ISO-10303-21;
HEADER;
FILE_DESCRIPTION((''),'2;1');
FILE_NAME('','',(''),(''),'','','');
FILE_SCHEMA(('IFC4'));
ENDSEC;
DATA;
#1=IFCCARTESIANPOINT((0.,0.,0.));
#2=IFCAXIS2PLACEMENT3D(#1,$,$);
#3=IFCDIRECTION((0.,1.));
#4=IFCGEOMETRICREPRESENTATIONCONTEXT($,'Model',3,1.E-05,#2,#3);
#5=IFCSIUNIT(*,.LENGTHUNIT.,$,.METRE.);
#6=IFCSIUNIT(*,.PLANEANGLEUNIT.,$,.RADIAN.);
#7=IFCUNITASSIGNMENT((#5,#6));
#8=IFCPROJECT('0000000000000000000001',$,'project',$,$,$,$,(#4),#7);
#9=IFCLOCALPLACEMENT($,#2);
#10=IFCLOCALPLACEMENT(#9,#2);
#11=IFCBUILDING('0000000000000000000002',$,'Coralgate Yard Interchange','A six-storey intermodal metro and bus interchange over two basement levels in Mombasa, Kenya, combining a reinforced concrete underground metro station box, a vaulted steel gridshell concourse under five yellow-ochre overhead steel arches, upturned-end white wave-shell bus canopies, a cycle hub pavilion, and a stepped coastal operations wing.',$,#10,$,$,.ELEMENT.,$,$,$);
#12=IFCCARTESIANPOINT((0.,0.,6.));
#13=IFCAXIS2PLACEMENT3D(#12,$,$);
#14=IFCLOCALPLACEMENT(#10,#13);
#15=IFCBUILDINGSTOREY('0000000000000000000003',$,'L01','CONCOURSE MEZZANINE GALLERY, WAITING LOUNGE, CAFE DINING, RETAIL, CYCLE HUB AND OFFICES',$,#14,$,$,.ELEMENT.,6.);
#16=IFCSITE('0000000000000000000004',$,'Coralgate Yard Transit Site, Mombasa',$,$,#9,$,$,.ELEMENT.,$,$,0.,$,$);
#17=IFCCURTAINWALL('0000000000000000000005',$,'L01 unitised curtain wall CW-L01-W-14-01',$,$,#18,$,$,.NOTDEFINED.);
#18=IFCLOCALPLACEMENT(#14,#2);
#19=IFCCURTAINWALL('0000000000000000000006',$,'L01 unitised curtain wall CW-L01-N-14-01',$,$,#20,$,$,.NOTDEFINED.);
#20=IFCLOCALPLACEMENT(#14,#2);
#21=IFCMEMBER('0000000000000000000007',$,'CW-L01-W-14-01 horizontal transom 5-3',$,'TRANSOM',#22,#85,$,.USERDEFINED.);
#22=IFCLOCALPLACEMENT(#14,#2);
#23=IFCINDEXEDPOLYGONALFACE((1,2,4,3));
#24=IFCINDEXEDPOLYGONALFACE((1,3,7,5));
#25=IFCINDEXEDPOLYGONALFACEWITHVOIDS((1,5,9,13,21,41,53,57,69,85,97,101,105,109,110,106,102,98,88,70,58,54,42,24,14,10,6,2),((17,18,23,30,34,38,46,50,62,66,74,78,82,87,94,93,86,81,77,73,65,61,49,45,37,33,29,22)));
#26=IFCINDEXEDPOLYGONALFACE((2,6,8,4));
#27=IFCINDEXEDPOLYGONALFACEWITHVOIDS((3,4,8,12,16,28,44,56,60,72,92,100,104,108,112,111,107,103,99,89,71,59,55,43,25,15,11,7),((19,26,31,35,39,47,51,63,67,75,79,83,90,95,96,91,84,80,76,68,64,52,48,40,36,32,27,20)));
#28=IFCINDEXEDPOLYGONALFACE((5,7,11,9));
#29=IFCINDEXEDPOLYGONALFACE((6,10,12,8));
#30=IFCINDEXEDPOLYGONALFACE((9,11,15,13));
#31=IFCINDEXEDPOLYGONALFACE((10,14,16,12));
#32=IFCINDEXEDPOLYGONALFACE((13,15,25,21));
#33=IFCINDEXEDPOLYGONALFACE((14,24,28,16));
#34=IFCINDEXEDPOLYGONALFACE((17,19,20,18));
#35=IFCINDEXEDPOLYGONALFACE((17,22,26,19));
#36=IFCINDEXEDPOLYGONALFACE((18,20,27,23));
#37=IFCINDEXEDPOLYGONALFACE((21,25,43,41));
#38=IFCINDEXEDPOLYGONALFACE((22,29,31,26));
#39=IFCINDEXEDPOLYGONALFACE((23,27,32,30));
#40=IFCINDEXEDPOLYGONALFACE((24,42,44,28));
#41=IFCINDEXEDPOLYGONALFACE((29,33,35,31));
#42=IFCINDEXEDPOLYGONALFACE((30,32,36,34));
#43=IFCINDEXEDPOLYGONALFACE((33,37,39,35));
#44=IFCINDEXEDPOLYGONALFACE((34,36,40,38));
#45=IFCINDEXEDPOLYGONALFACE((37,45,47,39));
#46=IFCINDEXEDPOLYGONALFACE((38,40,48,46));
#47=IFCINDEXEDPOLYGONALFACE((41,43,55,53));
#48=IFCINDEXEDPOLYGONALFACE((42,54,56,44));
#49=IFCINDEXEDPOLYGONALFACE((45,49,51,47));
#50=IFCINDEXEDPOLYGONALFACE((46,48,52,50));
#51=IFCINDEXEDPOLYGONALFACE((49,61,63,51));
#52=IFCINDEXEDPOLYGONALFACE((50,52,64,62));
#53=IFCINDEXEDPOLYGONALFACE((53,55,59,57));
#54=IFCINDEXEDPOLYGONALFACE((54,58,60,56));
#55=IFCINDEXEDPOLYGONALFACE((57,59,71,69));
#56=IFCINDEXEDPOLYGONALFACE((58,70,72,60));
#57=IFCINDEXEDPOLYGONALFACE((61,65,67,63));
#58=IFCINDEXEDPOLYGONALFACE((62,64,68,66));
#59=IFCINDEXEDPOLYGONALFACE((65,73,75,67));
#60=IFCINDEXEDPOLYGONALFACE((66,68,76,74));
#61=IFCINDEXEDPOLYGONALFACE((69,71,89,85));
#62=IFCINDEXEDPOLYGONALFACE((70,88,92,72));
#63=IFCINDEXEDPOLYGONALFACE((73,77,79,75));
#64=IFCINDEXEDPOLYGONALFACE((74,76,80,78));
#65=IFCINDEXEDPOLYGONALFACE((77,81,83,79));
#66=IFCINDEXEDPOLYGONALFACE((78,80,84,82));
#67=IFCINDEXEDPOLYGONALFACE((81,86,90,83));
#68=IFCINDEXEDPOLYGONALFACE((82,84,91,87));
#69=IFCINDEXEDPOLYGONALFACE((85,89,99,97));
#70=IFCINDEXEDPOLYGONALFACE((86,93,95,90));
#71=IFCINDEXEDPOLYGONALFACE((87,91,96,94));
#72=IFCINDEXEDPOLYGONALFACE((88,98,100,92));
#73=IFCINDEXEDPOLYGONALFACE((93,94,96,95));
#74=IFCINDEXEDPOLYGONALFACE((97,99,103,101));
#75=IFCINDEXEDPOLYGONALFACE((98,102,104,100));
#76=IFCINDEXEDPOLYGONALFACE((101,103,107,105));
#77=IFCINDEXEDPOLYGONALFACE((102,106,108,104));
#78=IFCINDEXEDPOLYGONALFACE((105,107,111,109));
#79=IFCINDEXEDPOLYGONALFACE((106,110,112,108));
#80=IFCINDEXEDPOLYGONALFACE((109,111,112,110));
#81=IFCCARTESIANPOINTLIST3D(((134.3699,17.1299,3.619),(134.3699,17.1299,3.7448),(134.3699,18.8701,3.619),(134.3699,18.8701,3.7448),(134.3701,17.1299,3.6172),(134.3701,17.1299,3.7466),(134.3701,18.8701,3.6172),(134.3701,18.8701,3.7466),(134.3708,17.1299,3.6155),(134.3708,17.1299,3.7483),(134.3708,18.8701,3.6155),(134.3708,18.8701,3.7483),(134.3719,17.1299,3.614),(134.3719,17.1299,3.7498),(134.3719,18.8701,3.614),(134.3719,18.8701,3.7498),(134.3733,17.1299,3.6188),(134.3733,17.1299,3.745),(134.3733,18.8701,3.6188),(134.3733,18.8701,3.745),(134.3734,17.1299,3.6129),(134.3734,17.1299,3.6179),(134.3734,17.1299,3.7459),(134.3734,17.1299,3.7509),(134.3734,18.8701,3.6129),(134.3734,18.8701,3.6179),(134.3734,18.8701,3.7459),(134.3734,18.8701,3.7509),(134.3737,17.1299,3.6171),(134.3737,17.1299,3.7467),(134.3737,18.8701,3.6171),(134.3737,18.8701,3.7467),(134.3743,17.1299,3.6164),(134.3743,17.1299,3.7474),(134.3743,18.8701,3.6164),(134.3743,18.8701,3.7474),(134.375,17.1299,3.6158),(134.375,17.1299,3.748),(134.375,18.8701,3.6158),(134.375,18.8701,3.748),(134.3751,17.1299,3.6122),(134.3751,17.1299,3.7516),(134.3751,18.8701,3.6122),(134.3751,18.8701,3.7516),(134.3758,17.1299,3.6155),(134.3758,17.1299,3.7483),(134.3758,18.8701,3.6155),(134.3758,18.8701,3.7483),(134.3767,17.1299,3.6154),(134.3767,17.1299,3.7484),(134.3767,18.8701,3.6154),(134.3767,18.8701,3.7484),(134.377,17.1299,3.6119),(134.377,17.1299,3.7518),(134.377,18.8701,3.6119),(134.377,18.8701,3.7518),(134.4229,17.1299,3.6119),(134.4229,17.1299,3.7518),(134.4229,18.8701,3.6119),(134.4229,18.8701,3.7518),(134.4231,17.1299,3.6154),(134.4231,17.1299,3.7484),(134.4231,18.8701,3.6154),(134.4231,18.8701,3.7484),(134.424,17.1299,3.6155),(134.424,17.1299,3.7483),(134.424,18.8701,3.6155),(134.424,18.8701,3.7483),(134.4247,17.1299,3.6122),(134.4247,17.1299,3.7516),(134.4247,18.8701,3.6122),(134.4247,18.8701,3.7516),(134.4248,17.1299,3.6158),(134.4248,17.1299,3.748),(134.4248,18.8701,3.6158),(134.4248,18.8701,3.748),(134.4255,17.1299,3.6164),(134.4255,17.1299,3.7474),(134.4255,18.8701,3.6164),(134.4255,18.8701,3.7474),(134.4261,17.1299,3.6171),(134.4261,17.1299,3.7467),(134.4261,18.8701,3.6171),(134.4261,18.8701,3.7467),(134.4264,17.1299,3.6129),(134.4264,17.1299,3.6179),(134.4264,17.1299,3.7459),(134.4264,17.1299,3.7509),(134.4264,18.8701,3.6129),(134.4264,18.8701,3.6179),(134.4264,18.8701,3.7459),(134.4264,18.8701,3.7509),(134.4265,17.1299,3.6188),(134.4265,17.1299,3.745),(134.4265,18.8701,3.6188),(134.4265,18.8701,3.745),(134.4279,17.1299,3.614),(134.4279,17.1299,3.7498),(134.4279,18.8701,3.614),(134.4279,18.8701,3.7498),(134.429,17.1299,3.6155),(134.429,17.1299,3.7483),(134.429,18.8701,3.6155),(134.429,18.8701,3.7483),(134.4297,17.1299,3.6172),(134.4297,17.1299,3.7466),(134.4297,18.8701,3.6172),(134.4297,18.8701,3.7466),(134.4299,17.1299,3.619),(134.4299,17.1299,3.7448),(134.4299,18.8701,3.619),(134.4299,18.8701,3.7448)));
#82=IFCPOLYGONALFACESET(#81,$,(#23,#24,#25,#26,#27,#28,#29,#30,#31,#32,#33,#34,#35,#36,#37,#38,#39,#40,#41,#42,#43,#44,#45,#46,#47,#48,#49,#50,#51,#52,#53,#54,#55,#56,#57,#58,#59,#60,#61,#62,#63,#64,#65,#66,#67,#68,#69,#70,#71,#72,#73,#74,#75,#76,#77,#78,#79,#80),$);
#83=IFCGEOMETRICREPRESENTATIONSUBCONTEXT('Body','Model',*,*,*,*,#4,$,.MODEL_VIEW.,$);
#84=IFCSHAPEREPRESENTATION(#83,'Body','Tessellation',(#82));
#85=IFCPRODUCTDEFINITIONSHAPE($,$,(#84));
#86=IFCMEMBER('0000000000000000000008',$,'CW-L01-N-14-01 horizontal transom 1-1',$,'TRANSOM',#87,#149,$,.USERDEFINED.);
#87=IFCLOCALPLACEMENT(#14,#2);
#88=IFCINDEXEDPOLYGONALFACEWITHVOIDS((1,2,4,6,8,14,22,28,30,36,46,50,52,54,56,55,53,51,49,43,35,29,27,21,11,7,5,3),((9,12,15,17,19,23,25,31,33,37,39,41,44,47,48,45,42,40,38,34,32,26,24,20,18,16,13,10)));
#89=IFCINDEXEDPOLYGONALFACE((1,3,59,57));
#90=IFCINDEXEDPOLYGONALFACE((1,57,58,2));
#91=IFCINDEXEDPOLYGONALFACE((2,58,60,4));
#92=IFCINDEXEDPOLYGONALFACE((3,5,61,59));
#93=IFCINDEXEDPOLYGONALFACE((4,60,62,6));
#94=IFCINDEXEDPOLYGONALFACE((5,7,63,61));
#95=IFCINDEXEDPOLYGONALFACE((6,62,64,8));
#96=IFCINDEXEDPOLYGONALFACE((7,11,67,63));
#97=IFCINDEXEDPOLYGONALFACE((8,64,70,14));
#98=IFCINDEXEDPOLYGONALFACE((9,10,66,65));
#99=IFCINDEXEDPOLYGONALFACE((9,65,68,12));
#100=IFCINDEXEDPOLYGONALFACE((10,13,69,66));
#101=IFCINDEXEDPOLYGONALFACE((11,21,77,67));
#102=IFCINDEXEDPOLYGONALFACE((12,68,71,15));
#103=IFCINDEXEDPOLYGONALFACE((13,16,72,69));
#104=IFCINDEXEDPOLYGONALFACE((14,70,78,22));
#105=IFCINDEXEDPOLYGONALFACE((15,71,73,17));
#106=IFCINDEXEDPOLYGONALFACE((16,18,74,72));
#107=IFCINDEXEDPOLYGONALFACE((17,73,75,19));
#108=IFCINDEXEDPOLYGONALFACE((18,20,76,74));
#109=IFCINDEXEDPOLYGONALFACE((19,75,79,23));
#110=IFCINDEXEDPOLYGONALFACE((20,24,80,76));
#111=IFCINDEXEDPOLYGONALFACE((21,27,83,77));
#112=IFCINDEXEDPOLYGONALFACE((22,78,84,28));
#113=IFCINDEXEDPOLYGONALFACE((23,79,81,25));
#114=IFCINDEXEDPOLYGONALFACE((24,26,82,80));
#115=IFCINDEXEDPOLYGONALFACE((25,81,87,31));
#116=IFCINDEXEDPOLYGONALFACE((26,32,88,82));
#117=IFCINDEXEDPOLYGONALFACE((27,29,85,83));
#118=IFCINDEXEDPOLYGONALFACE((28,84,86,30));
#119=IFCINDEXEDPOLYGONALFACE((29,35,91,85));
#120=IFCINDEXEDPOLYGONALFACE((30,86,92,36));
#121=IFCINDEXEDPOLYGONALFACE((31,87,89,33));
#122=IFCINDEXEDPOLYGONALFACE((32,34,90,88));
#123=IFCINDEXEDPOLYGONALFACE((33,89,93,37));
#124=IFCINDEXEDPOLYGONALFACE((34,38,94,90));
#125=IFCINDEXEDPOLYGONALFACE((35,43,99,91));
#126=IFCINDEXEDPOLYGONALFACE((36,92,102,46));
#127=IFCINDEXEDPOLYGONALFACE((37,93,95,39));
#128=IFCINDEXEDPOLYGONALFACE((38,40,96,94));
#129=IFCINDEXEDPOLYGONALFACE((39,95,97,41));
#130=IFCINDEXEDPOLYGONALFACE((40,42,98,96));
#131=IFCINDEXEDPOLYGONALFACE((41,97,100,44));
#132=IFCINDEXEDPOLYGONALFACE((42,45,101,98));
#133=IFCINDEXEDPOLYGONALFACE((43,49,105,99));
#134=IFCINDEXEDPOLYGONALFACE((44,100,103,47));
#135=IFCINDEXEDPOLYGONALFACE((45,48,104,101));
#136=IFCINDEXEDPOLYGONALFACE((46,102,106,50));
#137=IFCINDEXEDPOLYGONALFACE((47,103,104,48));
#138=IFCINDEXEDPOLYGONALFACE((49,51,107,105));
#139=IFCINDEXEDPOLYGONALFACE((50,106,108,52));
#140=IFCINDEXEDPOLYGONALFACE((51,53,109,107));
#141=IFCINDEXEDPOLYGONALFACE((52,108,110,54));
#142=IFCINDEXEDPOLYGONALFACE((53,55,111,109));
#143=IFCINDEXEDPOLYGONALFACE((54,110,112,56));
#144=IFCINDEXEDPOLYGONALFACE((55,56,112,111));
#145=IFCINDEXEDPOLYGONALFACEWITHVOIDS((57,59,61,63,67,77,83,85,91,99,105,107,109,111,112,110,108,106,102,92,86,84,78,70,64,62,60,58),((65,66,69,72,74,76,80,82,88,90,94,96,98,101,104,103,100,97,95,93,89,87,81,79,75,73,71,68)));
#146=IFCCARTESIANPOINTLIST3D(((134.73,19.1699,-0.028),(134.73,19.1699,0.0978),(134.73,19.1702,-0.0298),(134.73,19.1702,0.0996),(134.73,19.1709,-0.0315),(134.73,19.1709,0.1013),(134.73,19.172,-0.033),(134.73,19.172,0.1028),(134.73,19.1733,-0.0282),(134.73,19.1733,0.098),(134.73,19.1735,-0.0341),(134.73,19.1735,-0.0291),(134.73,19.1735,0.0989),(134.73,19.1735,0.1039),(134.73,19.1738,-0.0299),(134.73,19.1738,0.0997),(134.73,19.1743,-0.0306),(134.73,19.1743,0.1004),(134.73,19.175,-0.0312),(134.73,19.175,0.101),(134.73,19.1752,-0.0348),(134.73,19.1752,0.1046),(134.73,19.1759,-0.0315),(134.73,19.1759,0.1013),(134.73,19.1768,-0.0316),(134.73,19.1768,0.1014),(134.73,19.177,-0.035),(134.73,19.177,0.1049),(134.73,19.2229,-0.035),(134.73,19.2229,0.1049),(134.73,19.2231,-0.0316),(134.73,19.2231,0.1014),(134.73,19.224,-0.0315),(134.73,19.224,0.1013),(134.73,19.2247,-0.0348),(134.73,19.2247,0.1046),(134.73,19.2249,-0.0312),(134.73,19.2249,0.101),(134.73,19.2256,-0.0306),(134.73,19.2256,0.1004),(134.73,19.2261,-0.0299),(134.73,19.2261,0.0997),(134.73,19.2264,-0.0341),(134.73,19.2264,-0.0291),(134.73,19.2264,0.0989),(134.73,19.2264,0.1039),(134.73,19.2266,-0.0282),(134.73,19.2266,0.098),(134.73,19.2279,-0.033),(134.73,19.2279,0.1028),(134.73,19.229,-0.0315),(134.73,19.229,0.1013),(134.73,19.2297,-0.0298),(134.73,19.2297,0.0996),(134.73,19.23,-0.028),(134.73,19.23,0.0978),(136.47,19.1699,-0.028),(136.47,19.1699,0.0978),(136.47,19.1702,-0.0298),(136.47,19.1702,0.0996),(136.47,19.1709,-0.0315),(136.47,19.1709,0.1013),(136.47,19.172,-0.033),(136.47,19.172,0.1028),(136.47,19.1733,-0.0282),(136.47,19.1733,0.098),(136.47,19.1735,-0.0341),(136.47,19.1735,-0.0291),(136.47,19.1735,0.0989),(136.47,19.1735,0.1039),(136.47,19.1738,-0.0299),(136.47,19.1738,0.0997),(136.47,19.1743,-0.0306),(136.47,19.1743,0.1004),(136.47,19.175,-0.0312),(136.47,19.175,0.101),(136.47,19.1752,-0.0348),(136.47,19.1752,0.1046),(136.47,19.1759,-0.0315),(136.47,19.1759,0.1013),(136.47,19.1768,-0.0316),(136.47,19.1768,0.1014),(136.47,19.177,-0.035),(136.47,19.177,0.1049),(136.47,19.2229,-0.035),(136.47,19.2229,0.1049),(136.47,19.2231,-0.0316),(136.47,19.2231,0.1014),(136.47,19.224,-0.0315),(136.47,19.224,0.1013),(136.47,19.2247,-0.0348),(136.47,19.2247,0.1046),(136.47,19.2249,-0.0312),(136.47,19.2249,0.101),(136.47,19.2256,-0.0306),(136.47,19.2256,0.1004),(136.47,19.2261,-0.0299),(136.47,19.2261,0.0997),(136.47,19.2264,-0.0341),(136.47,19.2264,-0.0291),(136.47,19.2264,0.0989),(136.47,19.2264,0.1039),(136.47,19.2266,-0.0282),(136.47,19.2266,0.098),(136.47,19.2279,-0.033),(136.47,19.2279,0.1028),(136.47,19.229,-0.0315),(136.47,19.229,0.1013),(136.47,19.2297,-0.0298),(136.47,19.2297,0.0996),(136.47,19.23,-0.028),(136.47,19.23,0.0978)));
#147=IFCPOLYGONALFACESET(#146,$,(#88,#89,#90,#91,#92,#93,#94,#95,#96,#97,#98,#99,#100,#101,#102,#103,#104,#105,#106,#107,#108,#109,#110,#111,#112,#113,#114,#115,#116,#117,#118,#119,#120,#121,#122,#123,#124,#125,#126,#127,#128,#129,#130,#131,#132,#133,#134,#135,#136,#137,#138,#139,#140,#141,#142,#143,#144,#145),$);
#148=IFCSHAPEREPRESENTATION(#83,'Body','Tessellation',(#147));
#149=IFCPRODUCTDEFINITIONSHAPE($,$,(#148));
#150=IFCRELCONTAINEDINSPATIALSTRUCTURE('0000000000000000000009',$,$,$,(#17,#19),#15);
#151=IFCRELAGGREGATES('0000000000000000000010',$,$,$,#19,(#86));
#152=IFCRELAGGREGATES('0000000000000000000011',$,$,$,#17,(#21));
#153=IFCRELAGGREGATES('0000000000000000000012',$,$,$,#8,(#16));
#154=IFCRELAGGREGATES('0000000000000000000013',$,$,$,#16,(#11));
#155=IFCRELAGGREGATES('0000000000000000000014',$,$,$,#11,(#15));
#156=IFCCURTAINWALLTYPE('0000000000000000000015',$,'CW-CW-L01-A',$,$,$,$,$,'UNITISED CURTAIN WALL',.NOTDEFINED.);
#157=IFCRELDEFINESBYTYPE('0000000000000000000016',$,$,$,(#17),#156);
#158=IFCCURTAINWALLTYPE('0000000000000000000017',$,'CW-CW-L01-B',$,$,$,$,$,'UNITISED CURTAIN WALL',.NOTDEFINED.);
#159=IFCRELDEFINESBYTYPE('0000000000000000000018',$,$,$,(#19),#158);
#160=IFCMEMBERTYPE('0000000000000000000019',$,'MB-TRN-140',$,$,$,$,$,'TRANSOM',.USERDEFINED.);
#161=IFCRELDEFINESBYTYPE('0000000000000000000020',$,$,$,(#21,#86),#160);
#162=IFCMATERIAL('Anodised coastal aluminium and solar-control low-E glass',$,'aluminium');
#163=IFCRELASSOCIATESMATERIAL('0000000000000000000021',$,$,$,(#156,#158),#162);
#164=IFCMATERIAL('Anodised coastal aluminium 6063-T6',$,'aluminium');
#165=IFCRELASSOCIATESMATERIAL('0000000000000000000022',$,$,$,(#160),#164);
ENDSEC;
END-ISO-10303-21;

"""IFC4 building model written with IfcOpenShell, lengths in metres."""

from ifc_helpers import new_model, si_unit, direction, frame, origin, origin_2d, place, context, subcontext, project, spatial, hollow_rectangle, extrude, material, material_profile, profile_set, type_object, element, aggregate, save


model = new_model("IFC4")

# Units and contexts
model_context = context("Model", 3, precision=1e-05, world=origin(), true_north=direction((0.0, 1.0)))
body_context = subcontext(model_context, "Body", "Model", "MODEL_VIEW")
ifc_project = project(units=[si_unit("LENGTHUNIT", "METRE"), si_unit("PLANEANGLEUNIT", "RADIAN")], contexts=[model_context])

# Site, building, storey
site_placement = place(None, origin())
site = spatial("IfcSite", under=ifc_project, at=site_placement, Name="Coralgate Yard Transit Site, Mombasa", CompositionType="ELEMENT", RefElevation=0.0)
building_placement = place(site_placement, origin())
building = spatial("IfcBuilding", under=site, at=building_placement, Name="Coralgate Yard Interchange", Description="A six-storey intermodal metro and bus interchange over two basement levels in Mombasa, Kenya, combining a reinforced concrete underground metro station box, a vaulted steel gridshell concourse under five yellow-ochre overhead steel arches, upturned-end white wave-shell bus canopies, a cycle hub pavilion, and a stepped coastal operations wing.", CompositionType="ELEMENT")
storey_placement = place(building_placement, frame((0.0, 0.0, 6.0)))
storey = spatial("IfcBuildingStorey", under=building, at=storey_placement, Name="L01", Description="CONCOURSE MEZZANINE GALLERY, WAITING LOUNGE, CAFE DINING, RETAIL, CYCLE HUB AND OFFICES", CompositionType="ELEMENT", Elevation=6.0)

# Curtain wall
ifc_material_1 = material(Name="Anodised coastal aluminium and solar-control low-E glass", Category="aluminium")
curtain_wall_type_1 = type_object("IfcCurtainWallType", Name="CW-CW-L01-A", ElementType="UNITISED CURTAIN WALL", PredefinedType="NOTDEFINED", material=ifc_material_1)
curtain_wall_1_placement = place(storey_placement, origin())
curtain_wall_1 = element("IfcCurtainWall", 1, at=curtain_wall_1_placement, inside=storey, type_object=curtain_wall_type_1, Name="L01 unitised curtain wall CW-L01-W-14-01", PredefinedType="NOTDEFINED")
ifc_material_2 = material(Name="Anodised coastal aluminium 6063-T6", Category="aluminium")

# Curtain wall
curtain_wall_type_2 = type_object("IfcCurtainWallType", Name="CW-CW-L01-B", ElementType="UNITISED CURTAIN WALL", PredefinedType="NOTDEFINED", material=ifc_material_1)
curtain_wall_2_placement = place(storey_placement, origin())
curtain_wall_2 = element("IfcCurtainWall", 2, at=curtain_wall_2_placement, inside=storey, type_object=curtain_wall_type_2, Name="L01 unitised curtain wall CW-L01-N-14-01", PredefinedType="NOTDEFINED")

# Members
ifc_material_profile_1 = material_profile(ifc_material_2, hollow_rectangle(XDim=0.0601, YDim=0.1399, WallThickness=0.0034, InnerFilletRadius=0.0034, OuterFilletRadius=0.0071, at=origin_2d()), Name="ALU 60x140x3.5")
ifc_profile_set_1 = profile_set([ifc_material_profile_1], Name="Anodised coastal aluminium 6063-T6")
member_type_1 = type_object("IfcMemberType", Name="MB-TRN-140", ElementType="TRANSOM", PredefinedType="USERDEFINED", material=ifc_profile_set_1)
member_1_placement = place(storey_placement, frame((134.3999, 17.1299, 3.6819), z_axis=(0.0, 1.0, 0.0), x_axis=(-1.0, 0.0, 0.0)))
member_1 = element("IfcMember", 3, at=member_1_placement, type_object=member_type_1, Name="CW-L01-W-14-01 horizontal transom 5-3", ObjectType="TRANSOM", PredefinedType="USERDEFINED", context=body_context, shape_type="SweptSolid", body=[
    extrude(hollow_rectangle(XDim=0.0601, YDim=0.1399, WallThickness=0.0034, InnerFilletRadius=0.0034, OuterFilletRadius=0.0071, at=origin_2d()), origin(), (0.0, 0.0, 1.0), 1.7402),
])
member_2_placement = place(storey_placement, frame((134.73, 19.2, 0.0349), z_axis=(1.0, 0.0, 0.0), x_axis=(0.0, 1.0, 0.0)))
member_2 = element("IfcMember", 4, at=member_2_placement, type_object=member_type_1, Name="CW-L01-N-14-01 horizontal transom 1-1", ObjectType="TRANSOM", PredefinedType="USERDEFINED", context=body_context, shape_type="SweptSolid", body=[
    extrude(hollow_rectangle(XDim=0.0601, YDim=0.1399, WallThickness=0.0034, InnerFilletRadius=0.0034, OuterFilletRadius=0.0071, at=origin_2d()), origin(), (0.0, 0.0, 1.0), 1.74),
])
aggregate(curtain_wall_2, [member_2])

aggregate(curtain_wall_1, [member_1])

save(model, "model.ifc")
